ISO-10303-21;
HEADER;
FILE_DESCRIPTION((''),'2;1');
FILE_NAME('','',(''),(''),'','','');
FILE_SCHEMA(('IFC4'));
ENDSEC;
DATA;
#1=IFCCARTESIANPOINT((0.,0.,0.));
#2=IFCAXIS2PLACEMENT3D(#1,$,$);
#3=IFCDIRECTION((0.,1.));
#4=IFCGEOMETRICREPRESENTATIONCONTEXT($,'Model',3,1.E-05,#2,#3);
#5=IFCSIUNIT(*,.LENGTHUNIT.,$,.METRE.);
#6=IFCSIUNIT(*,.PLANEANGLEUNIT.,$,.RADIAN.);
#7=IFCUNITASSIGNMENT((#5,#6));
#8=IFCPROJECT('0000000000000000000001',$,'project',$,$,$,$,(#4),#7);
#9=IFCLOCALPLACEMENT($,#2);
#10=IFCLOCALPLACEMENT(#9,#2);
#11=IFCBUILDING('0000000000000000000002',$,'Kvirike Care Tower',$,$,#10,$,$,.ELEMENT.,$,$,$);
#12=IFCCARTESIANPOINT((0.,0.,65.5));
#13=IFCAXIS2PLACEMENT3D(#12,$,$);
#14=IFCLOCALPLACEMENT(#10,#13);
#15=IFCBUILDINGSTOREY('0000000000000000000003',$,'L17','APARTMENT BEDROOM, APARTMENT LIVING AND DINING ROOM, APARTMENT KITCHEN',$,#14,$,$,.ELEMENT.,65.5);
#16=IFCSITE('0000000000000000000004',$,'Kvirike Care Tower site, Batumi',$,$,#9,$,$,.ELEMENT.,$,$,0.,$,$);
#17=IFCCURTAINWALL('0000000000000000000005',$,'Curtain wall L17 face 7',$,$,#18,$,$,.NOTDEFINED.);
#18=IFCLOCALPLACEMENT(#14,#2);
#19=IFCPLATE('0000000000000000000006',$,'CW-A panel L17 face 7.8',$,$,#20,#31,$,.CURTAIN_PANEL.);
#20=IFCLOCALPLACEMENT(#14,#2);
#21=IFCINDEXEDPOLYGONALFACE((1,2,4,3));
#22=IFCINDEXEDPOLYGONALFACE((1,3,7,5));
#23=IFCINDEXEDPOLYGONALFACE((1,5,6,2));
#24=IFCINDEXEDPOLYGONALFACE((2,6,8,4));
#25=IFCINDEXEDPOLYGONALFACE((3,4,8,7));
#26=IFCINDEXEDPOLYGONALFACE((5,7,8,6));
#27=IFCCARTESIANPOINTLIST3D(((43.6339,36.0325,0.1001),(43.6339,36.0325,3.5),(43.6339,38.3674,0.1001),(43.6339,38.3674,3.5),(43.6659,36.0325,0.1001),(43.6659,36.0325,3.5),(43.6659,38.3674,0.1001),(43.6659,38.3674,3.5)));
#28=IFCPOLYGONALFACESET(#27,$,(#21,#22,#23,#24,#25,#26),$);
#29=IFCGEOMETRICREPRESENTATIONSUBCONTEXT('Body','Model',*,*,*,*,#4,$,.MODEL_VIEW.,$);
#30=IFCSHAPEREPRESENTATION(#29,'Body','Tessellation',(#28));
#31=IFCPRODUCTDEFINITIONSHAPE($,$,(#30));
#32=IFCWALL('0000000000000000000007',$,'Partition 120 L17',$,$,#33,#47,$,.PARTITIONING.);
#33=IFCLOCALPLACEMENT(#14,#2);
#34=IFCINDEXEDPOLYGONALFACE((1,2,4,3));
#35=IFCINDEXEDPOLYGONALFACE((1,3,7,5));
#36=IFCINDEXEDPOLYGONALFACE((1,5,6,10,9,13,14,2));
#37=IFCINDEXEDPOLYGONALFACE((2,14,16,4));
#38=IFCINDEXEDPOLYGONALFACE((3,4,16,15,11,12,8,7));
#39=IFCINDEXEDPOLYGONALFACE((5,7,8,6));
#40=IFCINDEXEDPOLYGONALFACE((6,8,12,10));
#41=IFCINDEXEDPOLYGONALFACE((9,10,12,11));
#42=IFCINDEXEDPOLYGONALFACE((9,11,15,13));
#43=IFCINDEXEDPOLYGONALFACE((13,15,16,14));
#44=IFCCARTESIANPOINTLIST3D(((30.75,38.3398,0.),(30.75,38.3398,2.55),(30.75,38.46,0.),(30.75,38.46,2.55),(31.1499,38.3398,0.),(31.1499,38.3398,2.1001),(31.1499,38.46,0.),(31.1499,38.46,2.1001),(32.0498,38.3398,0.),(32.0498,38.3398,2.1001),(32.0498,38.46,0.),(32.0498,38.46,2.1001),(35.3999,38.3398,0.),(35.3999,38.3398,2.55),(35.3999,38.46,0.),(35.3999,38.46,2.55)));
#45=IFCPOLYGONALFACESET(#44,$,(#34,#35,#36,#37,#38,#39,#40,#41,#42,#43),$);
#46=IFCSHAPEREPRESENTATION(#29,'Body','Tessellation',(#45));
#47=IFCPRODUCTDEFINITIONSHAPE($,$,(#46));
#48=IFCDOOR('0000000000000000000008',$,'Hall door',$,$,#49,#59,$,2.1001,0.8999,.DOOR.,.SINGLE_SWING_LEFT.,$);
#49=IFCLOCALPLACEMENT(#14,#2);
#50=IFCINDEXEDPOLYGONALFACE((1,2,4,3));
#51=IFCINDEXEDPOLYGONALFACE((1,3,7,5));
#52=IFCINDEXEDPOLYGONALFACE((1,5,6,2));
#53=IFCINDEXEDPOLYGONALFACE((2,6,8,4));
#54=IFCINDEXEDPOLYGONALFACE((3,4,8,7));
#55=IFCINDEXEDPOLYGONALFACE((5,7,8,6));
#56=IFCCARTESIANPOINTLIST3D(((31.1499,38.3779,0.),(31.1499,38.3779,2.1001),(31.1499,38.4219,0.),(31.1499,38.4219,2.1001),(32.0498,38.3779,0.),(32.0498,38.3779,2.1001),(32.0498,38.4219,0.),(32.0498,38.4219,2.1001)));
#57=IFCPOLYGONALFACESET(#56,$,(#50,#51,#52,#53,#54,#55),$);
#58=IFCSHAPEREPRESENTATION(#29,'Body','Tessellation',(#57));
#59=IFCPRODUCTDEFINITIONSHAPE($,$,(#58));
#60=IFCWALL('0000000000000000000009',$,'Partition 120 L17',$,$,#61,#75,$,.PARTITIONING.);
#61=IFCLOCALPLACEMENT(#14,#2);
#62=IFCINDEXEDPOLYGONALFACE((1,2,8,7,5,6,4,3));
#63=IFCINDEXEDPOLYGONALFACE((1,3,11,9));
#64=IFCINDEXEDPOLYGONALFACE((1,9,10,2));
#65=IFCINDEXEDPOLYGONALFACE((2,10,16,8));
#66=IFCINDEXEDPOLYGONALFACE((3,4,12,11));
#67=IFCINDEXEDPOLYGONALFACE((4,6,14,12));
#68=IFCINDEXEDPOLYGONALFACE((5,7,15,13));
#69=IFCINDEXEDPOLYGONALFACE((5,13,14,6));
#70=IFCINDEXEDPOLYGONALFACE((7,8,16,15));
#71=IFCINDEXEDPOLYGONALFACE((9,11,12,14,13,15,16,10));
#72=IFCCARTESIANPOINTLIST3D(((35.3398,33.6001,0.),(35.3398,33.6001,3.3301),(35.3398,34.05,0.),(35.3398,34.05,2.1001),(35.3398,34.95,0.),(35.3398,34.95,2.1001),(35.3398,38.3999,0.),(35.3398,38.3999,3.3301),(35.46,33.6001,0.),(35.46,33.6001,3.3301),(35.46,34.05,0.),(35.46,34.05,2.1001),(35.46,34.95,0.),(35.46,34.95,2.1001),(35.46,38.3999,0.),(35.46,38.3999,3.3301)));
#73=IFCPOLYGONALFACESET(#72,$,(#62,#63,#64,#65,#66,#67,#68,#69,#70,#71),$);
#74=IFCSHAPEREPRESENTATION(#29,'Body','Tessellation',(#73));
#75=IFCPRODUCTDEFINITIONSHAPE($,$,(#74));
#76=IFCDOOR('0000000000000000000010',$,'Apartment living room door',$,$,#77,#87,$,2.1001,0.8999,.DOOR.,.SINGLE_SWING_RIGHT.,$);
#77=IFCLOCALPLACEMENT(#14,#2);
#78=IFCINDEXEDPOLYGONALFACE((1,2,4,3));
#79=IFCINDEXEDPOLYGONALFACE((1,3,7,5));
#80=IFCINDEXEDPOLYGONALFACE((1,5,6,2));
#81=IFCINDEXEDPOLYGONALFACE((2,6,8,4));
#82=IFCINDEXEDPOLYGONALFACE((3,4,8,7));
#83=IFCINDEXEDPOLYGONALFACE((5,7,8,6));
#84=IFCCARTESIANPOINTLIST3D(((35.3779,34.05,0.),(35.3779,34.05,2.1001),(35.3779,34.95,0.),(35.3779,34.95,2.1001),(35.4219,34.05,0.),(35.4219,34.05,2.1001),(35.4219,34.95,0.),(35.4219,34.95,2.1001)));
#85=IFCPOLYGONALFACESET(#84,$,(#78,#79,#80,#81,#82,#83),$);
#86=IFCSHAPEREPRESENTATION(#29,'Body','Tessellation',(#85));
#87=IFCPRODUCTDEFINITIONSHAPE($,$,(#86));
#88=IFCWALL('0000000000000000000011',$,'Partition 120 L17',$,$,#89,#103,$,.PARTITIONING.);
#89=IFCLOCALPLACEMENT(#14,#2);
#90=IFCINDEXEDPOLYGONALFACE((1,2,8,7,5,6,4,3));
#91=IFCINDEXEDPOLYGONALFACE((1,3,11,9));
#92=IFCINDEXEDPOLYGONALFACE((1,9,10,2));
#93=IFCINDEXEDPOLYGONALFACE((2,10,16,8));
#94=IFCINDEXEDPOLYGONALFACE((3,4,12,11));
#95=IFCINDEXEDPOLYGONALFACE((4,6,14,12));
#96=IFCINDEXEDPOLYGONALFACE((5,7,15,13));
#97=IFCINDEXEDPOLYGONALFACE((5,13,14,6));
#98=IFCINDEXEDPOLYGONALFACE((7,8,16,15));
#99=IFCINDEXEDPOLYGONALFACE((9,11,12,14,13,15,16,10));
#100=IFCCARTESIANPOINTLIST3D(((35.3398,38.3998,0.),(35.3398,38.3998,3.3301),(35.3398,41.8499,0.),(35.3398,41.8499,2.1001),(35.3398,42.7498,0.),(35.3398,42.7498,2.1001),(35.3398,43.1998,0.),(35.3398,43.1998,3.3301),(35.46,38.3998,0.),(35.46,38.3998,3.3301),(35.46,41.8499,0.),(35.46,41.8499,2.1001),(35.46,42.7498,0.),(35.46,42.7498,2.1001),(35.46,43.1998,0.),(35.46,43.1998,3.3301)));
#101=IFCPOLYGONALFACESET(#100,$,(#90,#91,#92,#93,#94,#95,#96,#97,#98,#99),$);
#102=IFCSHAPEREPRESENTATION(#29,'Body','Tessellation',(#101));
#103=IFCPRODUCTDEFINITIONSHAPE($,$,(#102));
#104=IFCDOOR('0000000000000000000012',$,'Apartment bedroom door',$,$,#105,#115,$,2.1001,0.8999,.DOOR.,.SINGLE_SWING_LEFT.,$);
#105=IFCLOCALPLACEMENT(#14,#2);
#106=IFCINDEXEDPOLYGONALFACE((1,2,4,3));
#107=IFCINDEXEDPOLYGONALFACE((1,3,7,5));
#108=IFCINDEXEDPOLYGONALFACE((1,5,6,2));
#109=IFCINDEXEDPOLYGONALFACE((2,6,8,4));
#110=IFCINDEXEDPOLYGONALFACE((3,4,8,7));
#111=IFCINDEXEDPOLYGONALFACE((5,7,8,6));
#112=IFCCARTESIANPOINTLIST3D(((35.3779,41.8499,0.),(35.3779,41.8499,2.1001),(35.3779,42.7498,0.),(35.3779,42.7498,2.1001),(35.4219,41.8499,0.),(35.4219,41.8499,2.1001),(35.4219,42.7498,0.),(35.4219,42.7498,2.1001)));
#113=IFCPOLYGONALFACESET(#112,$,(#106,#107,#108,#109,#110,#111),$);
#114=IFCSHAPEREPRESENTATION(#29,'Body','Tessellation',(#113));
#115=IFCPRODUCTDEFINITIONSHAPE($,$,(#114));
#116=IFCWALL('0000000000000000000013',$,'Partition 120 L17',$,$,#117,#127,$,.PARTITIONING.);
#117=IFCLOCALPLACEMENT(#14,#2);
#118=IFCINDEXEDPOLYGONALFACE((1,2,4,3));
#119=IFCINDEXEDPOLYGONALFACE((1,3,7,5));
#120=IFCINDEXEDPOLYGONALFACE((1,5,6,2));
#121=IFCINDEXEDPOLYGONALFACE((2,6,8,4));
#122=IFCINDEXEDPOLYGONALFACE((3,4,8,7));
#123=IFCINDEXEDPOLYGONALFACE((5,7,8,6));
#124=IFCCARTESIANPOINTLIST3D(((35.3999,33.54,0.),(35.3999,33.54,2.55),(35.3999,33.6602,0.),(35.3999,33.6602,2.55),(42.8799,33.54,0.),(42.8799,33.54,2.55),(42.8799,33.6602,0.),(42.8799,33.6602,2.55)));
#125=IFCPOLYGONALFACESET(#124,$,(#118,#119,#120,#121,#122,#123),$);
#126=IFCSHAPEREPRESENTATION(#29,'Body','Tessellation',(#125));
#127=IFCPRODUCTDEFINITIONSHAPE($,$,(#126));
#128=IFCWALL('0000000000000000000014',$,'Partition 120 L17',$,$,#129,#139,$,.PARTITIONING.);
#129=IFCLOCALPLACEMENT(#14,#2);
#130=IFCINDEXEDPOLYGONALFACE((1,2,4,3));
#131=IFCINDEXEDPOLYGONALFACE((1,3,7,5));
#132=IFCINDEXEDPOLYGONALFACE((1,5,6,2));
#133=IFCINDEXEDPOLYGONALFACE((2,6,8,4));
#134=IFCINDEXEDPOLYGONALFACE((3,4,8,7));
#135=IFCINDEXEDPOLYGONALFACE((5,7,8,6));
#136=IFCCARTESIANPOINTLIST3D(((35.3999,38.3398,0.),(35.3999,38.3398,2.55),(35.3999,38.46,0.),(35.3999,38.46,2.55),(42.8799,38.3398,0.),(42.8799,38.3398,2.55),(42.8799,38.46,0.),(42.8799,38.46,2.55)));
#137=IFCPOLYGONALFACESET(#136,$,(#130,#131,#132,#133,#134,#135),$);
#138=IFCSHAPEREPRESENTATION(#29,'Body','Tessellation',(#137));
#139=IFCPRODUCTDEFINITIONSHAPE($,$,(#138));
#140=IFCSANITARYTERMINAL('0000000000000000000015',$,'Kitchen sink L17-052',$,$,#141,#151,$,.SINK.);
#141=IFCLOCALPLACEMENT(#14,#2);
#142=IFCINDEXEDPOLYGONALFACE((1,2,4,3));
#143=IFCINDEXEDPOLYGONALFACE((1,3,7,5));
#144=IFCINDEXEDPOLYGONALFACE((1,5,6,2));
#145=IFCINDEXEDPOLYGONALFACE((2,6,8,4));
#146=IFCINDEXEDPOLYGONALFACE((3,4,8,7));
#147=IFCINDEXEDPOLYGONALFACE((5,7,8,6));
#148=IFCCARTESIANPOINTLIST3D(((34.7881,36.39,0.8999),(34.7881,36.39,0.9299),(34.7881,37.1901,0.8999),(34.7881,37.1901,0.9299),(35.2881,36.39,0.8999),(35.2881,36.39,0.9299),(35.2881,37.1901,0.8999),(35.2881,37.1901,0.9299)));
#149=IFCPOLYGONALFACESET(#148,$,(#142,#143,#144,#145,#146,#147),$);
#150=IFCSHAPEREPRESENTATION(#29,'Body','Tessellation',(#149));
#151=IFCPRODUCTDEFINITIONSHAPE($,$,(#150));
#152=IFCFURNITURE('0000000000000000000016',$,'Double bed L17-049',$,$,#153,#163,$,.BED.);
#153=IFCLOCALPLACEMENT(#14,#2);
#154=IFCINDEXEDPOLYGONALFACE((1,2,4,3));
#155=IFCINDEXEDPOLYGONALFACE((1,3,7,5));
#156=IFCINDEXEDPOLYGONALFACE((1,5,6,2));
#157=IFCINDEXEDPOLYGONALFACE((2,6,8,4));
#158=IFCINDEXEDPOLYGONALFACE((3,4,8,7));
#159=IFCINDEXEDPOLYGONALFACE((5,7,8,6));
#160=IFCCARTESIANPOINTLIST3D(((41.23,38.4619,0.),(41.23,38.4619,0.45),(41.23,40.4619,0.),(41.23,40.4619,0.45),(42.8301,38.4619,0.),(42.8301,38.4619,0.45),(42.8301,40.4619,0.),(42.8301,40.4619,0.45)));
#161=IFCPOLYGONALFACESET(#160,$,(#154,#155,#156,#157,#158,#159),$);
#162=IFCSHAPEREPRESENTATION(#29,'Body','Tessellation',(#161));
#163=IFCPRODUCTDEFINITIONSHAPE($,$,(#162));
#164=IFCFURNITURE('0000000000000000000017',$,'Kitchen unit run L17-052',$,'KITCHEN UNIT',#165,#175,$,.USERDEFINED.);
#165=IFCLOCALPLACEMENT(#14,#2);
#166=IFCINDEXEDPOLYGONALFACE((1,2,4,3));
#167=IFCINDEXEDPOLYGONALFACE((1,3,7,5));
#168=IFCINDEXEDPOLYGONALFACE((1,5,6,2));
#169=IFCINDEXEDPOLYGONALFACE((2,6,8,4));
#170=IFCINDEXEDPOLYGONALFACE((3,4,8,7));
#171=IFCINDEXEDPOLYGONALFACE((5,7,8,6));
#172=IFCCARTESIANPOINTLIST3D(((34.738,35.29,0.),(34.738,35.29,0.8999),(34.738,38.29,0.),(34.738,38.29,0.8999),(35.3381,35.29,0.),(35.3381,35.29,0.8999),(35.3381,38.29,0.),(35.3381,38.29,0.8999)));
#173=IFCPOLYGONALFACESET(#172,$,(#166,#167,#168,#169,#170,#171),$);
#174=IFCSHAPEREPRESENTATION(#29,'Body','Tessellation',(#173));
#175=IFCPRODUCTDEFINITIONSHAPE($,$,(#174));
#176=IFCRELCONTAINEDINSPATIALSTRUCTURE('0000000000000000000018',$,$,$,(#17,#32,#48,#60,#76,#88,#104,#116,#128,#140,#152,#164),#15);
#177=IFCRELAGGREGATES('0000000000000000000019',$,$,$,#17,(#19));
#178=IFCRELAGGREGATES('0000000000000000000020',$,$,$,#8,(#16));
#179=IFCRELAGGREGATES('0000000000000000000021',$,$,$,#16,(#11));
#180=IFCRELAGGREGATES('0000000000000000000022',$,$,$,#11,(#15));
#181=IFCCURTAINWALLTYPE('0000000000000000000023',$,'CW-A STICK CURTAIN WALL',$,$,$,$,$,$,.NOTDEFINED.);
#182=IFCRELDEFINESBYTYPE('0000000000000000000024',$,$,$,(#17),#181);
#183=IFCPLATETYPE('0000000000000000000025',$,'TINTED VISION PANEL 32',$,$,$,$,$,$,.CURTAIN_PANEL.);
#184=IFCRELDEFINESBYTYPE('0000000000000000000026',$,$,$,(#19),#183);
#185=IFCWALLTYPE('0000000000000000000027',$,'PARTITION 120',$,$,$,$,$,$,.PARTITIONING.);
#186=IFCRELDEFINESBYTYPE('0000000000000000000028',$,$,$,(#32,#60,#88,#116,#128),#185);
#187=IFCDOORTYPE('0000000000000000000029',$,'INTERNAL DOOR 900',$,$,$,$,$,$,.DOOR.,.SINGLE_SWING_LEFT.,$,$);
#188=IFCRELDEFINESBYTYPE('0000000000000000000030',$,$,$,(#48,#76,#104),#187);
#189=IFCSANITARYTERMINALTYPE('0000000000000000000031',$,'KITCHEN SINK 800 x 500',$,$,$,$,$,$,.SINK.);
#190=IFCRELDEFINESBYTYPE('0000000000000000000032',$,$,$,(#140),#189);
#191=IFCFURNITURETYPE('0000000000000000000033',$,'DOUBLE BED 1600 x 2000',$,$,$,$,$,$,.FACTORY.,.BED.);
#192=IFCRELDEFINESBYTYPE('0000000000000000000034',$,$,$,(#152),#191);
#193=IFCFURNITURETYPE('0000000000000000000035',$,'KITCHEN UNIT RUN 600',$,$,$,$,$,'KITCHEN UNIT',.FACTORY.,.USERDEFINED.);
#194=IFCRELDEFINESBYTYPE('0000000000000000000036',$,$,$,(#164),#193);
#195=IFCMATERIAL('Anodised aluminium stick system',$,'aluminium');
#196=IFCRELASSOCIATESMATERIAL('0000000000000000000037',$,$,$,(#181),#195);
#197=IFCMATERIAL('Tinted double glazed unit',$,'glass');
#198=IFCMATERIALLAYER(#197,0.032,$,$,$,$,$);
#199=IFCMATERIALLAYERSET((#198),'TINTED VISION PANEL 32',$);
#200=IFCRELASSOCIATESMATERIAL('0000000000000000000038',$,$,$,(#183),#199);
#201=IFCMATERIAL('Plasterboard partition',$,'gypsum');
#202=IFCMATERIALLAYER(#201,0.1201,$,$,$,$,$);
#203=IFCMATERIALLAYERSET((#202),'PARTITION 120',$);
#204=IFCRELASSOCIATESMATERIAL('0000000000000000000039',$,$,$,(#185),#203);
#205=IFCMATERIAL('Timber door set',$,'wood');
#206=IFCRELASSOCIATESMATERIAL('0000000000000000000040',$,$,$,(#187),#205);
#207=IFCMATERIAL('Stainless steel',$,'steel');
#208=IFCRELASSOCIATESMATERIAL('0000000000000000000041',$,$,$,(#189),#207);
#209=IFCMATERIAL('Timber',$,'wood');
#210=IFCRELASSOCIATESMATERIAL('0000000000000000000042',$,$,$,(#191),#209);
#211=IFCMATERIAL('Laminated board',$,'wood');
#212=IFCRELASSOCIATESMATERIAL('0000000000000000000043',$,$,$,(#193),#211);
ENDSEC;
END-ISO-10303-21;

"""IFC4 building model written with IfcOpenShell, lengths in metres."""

from ifc_helpers import new_model, si_unit, direction, frame, frame_2d, origin, origin_2d, place, context, subcontext, project, spatial, rectangle, extrude, material, layer, layer_set, type_object, element, fill, aggregate, save


model = new_model("IFC4")

# Units and contexts
model_context = context("Model", 3, precision=1e-05, world=origin(), true_north=direction((0.0, 1.0)))
body_context = subcontext(model_context, "Body", "Model", "MODEL_VIEW")
ifc_project = project(units=[si_unit("LENGTHUNIT", "METRE"), si_unit("PLANEANGLEUNIT", "RADIAN")], contexts=[model_context])

# Site, building, storey
site_placement = place(None, origin())
site = spatial("IfcSite", under=ifc_project, at=site_placement, Name="Kvirike Care Tower site, Batumi", CompositionType="ELEMENT", RefElevation=0.0)
building_placement = place(site_placement, origin())
building = spatial("IfcBuilding", under=site, at=building_placement, Name="Kvirike Care Tower", CompositionType="ELEMENT")
storey_placement = place(building_placement, frame((0.0, 0.0, 65.5)))
storey = spatial("IfcBuildingStorey", under=building, at=storey_placement, Name="L17", Description="APARTMENT BEDROOM, APARTMENT LIVING AND DINING ROOM, APARTMENT KITCHEN", CompositionType="ELEMENT", Elevation=65.5)

# Curtain wall
ifc_material_1 = material(Name="Anodised aluminium stick system", Category="aluminium")
curtain_wall_type = type_object("IfcCurtainWallType", Name="CW-A STICK CURTAIN WALL", PredefinedType="NOTDEFINED", material=ifc_material_1)
curtain_wall_placement = place(storey_placement, origin())
curtain_wall = element("IfcCurtainWall", 1, at=curtain_wall_placement, inside=storey, type_object=curtain_wall_type, Name="Curtain wall L17 face 7", PredefinedType="NOTDEFINED")

# Plate
ifc_material_2 = material(Name="Tinted double glazed unit", Category="glass")
ifc_layer_1 = layer(ifc_material_2, 0.032)
ifc_layer_set_1 = layer_set([ifc_layer_1], Name="TINTED VISION PANEL 32")
plate_type = type_object("IfcPlateType", Name="TINTED VISION PANEL 32", PredefinedType="CURTAIN_PANEL", material=ifc_layer_set_1)
plate_1_placement = place(storey_placement, frame((43.6499, 37.2, 0.1001), z_axis=(0.0, 0.0, 1.0), x_axis=(0.0, 1.0, 0.0)))
plate_1 = element("IfcPlate", 2, at=plate_1_placement, type_object=plate_type, Name="CW-A panel L17 face 7.8", PredefinedType="CURTAIN_PANEL", context=body_context, shape_type="SweptSolid", body=[
    extrude(rectangle(XDim=2.335, YDim=0.032, at=origin_2d()), origin(), (0.0, 0.0, 1.0), 3.3999),
])
aggregate(curtain_wall, [plate_1])

# Walls, openings, doors
ifc_material_3 = material(Name="Plasterboard partition", Category="gypsum")
ifc_layer_2 = layer(ifc_material_3, 0.1201)
ifc_layer_set_2 = layer_set([ifc_layer_2], Name="PARTITION 120")
wall_type = type_object("IfcWallType", Name="PARTITION 120", PredefinedType="PARTITIONING", material=ifc_layer_set_2)
wall_1_placement = place(storey_placement, frame((35.3999, 38.3999, 0.0), z_axis=(0.0, 0.0, 1.0), x_axis=(-1.0, 0.0, 0.0)))
wall_1 = element("IfcWall", 3, at=wall_1_placement, inside=storey, type_object=wall_type, Name="Partition 120 L17", PredefinedType="PARTITIONING", context=body_context, shape_type="SweptSolid", body=[
    extrude(rectangle(XDim=4.6499, YDim=0.1201, at=frame_2d((2.325, 0.0))), origin(), (0.0, 0.0, 1.0), 2.55),
])
opening_1_placement = place(wall_1_placement, frame((3.3501, 0.0, 0.0)))
opening_1 = element("IfcOpeningElement", 4, at=opening_1_placement, cuts=wall_1, PredefinedType="OPENING", context=body_context, shape_type="SweptSolid", body=[
    extrude(rectangle(XDim=0.8999, YDim=2.1001, at=frame_2d((0.45, 1.05))), frame((0.0, 0.0706, 0.0), z_axis=(0.0, -1.0, 0.0), x_axis=(1.0, 0.0, 0.0)), (0.0, 0.0, 1.0), 0.1411),
])
ifc_material_4 = material(Name="Timber door set", Category="wood")
door_type = type_object("IfcDoorType", Name="INTERNAL DOOR 900", OperationType="SINGLE_SWING_LEFT", PredefinedType="DOOR", material=ifc_material_4)
door_1_placement = place(opening_1_placement, origin())
door_1 = element("IfcDoor", 5, at=door_1_placement, inside=storey, type_object=door_type, Name="Hall door", OperationType="SINGLE_SWING_LEFT", OverallHeight=2.1001, OverallWidth=0.8999, PredefinedType="DOOR", context=body_context, shape_type="SweptSolid", body=[
    extrude(rectangle(XDim=0.8999, YDim=2.1001, at=frame_2d((0.45, 1.05))), frame((0.0, 0.022, 0.0), z_axis=(0.0, -1.0, 0.0), x_axis=(1.0, 0.0, 0.0)), (0.0, 0.0, 1.0), 0.0439),
])
fill(opening_1, door_1)
wall_2_placement = place(storey_placement, frame((35.3999, 33.6001, 0.0), z_axis=(0.0, 0.0, 1.0), x_axis=(0.0, 1.0, 0.0)))
wall_2 = element("IfcWall", 6, at=wall_2_placement, inside=storey, type_object=wall_type, Name="Partition 120 L17", PredefinedType="PARTITIONING", context=body_context, shape_type="SweptSolid", body=[
    extrude(rectangle(XDim=4.7998, YDim=0.1201, at=frame_2d((2.3999, 0.0))), origin(), (0.0, 0.0, 1.0), 3.3301),
])
opening_2_placement = place(wall_2_placement, frame((0.45, 0.0, 0.0)))
opening_2 = element("IfcOpeningElement", 7, at=opening_2_placement, cuts=wall_2, PredefinedType="OPENING", context=body_context, shape_type="SweptSolid", body=[
    extrude(rectangle(XDim=0.8999, YDim=2.1001, at=frame_2d((0.45, 1.05))), frame((0.0, 0.0706, 0.0), z_axis=(0.0, -1.0, 0.0), x_axis=(1.0, 0.0, 0.0)), (0.0, 0.0, 1.0), 0.1411),
])
door_2_placement = place(opening_2_placement, origin())
door_2 = element("IfcDoor", 8, at=door_2_placement, inside=storey, type_object=door_type, Name="Apartment living room door", OperationType="SINGLE_SWING_RIGHT", OverallHeight=2.1001, OverallWidth=0.8999, PredefinedType="DOOR", context=body_context, shape_type="SweptSolid", body=[
    extrude(rectangle(XDim=0.8999, YDim=2.1001, at=frame_2d((0.45, 1.05))), frame((0.0, 0.022, 0.0), z_axis=(0.0, -1.0, 0.0), x_axis=(1.0, 0.0, 0.0)), (0.0, 0.0, 1.0), 0.0439),
])
fill(opening_2, door_2)
wall_3_placement = place(storey_placement, frame((35.3999, 38.3999, 0.0), z_axis=(0.0, 0.0, 1.0), x_axis=(0.0, 1.0, 0.0)))
wall_3 = element("IfcWall", 9, at=wall_3_placement, inside=storey, type_object=wall_type, Name="Partition 120 L17", PredefinedType="PARTITIONING", context=body_context, shape_type="SweptSolid", body=[
    extrude(rectangle(XDim=4.8, YDim=0.1201, at=frame_2d((2.3999, 0.0))), origin(), (0.0, 0.0, 1.0), 3.3301),
])
opening_3_placement = place(wall_3_placement, frame((3.45, 0.0, 0.0)))
opening_3 = element("IfcOpeningElement", 10, at=opening_3_placement, cuts=wall_3, PredefinedType="OPENING", context=body_context, shape_type="SweptSolid", body=[
    extrude(rectangle(XDim=0.8999, YDim=2.1001, at=frame_2d((0.45, 1.05))), frame((0.0, 0.0706, 0.0), z_axis=(0.0, -1.0, 0.0), x_axis=(1.0, 0.0, 0.0)), (0.0, 0.0, 1.0), 0.1411),
])
door_3_placement = place(opening_3_placement, origin())
door_3 = element("IfcDoor", 11, at=door_3_placement, inside=storey, type_object=door_type, Name="Apartment bedroom door", OperationType="SINGLE_SWING_LEFT", OverallHeight=2.1001, OverallWidth=0.8999, PredefinedType="DOOR", context=body_context, shape_type="SweptSolid", body=[
    extrude(rectangle(XDim=0.8999, YDim=2.1001, at=frame_2d((0.45, 1.05))), frame((0.0, 0.022, 0.0), z_axis=(0.0, -1.0, 0.0), x_axis=(1.0, 0.0, 0.0)), (0.0, 0.0, 1.0), 0.0439),
])
fill(opening_3, door_3)

# Walls
for number, where, z_axis, x_axis, name in (
    (12, (42.8799, 33.6001, 0.0), (0.0, 0.0, 1.0), (-1.0, 0.0, 0.0), "Partition 120 L17"),
    (13, (42.8799, 38.3999, 0.0), (0.0, 0.0, 1.0), (-1.0, 0.0, 0.0), "Partition 120 L17"),
):
    element("IfcWall", number, at=place(storey_placement, frame(where, z_axis=z_axis, x_axis=x_axis)), inside=storey, type_object=wall_type, Name=name, PredefinedType="PARTITIONING", context=body_context, shape_type="SweptSolid", body=[
        extrude(rectangle(XDim=7.48, YDim=0.1201, at=frame_2d((3.74, 0.0))), origin(), (0.0, 0.0, 1.0), 2.55),
    ])

# Sanitary terminal
ifc_material_5 = material(Name="Stainless steel", Category="steel")
sanitary_terminal_type = type_object("IfcSanitaryTerminalType", Name="KITCHEN SINK 800 x 500", PredefinedType="SINK", material=ifc_material_5)
sanitary_terminal_placement = place(storey_placement, frame((35.0381, 36.79, 0.8999), z_axis=(0.0, 0.0, 1.0), x_axis=(0.0, -1.0, 0.0)))
element("IfcSanitaryTerminal", 14, at=sanitary_terminal_placement, inside=storey, type_object=sanitary_terminal_type, Name="Kitchen sink L17-052", PredefinedType="SINK", context=body_context, shape_type="SweptSolid", body=[
    extrude(rectangle(XDim=0.8, YDim=0.5, at=origin_2d()), origin(), (0.0, 0.0, 1.0), 0.03),
])

# Furniture
ifc_material_6 = material(Name="Timber", Category="wood")
furniture_type_1 = type_object("IfcFurnitureType", Name="DOUBLE BED 1600 x 2000", AssemblyPlace="FACTORY", PredefinedType="BED", material=ifc_material_6)
furniture_1_placement = place(storey_placement, frame((42.03, 39.4619, 0.0), z_axis=(0.0, 0.0, 1.0), x_axis=(-1.0, 0.0, 0.0)))
element("IfcFurniture", 15, at=furniture_1_placement, inside=storey, type_object=furniture_type_1, Name="Double bed L17-049", PredefinedType="BED", context=body_context, shape_type="SweptSolid", body=[
    extrude(rectangle(XDim=1.6001, YDim=2.0, at=origin_2d()), origin(), (0.0, 0.0, 1.0), 0.45),
])
ifc_material_7 = material(Name="Laminated board", Category="wood")
furniture_type_2 = type_object("IfcFurnitureType", Name="KITCHEN UNIT RUN 600", ElementType="KITCHEN UNIT", AssemblyPlace="FACTORY", PredefinedType="USERDEFINED", material=ifc_material_7)
furniture_2_placement = place(storey_placement, frame((35.0381, 36.79, 0.0), z_axis=(0.0, 0.0, 1.0), x_axis=(0.0, -1.0, 0.0)))
element("IfcFurniture", 16, at=furniture_2_placement, inside=storey, type_object=furniture_type_2, Name="Kitchen unit run L17-052", ObjectType="KITCHEN UNIT", PredefinedType="USERDEFINED", context=body_context, shape_type="SweptSolid", body=[
    extrude(rectangle(XDim=3.0, YDim=0.6001, at=origin_2d()), origin(), (0.0, 0.0, 1.0), 0.8999),
])

save(model, "model.ifc")
